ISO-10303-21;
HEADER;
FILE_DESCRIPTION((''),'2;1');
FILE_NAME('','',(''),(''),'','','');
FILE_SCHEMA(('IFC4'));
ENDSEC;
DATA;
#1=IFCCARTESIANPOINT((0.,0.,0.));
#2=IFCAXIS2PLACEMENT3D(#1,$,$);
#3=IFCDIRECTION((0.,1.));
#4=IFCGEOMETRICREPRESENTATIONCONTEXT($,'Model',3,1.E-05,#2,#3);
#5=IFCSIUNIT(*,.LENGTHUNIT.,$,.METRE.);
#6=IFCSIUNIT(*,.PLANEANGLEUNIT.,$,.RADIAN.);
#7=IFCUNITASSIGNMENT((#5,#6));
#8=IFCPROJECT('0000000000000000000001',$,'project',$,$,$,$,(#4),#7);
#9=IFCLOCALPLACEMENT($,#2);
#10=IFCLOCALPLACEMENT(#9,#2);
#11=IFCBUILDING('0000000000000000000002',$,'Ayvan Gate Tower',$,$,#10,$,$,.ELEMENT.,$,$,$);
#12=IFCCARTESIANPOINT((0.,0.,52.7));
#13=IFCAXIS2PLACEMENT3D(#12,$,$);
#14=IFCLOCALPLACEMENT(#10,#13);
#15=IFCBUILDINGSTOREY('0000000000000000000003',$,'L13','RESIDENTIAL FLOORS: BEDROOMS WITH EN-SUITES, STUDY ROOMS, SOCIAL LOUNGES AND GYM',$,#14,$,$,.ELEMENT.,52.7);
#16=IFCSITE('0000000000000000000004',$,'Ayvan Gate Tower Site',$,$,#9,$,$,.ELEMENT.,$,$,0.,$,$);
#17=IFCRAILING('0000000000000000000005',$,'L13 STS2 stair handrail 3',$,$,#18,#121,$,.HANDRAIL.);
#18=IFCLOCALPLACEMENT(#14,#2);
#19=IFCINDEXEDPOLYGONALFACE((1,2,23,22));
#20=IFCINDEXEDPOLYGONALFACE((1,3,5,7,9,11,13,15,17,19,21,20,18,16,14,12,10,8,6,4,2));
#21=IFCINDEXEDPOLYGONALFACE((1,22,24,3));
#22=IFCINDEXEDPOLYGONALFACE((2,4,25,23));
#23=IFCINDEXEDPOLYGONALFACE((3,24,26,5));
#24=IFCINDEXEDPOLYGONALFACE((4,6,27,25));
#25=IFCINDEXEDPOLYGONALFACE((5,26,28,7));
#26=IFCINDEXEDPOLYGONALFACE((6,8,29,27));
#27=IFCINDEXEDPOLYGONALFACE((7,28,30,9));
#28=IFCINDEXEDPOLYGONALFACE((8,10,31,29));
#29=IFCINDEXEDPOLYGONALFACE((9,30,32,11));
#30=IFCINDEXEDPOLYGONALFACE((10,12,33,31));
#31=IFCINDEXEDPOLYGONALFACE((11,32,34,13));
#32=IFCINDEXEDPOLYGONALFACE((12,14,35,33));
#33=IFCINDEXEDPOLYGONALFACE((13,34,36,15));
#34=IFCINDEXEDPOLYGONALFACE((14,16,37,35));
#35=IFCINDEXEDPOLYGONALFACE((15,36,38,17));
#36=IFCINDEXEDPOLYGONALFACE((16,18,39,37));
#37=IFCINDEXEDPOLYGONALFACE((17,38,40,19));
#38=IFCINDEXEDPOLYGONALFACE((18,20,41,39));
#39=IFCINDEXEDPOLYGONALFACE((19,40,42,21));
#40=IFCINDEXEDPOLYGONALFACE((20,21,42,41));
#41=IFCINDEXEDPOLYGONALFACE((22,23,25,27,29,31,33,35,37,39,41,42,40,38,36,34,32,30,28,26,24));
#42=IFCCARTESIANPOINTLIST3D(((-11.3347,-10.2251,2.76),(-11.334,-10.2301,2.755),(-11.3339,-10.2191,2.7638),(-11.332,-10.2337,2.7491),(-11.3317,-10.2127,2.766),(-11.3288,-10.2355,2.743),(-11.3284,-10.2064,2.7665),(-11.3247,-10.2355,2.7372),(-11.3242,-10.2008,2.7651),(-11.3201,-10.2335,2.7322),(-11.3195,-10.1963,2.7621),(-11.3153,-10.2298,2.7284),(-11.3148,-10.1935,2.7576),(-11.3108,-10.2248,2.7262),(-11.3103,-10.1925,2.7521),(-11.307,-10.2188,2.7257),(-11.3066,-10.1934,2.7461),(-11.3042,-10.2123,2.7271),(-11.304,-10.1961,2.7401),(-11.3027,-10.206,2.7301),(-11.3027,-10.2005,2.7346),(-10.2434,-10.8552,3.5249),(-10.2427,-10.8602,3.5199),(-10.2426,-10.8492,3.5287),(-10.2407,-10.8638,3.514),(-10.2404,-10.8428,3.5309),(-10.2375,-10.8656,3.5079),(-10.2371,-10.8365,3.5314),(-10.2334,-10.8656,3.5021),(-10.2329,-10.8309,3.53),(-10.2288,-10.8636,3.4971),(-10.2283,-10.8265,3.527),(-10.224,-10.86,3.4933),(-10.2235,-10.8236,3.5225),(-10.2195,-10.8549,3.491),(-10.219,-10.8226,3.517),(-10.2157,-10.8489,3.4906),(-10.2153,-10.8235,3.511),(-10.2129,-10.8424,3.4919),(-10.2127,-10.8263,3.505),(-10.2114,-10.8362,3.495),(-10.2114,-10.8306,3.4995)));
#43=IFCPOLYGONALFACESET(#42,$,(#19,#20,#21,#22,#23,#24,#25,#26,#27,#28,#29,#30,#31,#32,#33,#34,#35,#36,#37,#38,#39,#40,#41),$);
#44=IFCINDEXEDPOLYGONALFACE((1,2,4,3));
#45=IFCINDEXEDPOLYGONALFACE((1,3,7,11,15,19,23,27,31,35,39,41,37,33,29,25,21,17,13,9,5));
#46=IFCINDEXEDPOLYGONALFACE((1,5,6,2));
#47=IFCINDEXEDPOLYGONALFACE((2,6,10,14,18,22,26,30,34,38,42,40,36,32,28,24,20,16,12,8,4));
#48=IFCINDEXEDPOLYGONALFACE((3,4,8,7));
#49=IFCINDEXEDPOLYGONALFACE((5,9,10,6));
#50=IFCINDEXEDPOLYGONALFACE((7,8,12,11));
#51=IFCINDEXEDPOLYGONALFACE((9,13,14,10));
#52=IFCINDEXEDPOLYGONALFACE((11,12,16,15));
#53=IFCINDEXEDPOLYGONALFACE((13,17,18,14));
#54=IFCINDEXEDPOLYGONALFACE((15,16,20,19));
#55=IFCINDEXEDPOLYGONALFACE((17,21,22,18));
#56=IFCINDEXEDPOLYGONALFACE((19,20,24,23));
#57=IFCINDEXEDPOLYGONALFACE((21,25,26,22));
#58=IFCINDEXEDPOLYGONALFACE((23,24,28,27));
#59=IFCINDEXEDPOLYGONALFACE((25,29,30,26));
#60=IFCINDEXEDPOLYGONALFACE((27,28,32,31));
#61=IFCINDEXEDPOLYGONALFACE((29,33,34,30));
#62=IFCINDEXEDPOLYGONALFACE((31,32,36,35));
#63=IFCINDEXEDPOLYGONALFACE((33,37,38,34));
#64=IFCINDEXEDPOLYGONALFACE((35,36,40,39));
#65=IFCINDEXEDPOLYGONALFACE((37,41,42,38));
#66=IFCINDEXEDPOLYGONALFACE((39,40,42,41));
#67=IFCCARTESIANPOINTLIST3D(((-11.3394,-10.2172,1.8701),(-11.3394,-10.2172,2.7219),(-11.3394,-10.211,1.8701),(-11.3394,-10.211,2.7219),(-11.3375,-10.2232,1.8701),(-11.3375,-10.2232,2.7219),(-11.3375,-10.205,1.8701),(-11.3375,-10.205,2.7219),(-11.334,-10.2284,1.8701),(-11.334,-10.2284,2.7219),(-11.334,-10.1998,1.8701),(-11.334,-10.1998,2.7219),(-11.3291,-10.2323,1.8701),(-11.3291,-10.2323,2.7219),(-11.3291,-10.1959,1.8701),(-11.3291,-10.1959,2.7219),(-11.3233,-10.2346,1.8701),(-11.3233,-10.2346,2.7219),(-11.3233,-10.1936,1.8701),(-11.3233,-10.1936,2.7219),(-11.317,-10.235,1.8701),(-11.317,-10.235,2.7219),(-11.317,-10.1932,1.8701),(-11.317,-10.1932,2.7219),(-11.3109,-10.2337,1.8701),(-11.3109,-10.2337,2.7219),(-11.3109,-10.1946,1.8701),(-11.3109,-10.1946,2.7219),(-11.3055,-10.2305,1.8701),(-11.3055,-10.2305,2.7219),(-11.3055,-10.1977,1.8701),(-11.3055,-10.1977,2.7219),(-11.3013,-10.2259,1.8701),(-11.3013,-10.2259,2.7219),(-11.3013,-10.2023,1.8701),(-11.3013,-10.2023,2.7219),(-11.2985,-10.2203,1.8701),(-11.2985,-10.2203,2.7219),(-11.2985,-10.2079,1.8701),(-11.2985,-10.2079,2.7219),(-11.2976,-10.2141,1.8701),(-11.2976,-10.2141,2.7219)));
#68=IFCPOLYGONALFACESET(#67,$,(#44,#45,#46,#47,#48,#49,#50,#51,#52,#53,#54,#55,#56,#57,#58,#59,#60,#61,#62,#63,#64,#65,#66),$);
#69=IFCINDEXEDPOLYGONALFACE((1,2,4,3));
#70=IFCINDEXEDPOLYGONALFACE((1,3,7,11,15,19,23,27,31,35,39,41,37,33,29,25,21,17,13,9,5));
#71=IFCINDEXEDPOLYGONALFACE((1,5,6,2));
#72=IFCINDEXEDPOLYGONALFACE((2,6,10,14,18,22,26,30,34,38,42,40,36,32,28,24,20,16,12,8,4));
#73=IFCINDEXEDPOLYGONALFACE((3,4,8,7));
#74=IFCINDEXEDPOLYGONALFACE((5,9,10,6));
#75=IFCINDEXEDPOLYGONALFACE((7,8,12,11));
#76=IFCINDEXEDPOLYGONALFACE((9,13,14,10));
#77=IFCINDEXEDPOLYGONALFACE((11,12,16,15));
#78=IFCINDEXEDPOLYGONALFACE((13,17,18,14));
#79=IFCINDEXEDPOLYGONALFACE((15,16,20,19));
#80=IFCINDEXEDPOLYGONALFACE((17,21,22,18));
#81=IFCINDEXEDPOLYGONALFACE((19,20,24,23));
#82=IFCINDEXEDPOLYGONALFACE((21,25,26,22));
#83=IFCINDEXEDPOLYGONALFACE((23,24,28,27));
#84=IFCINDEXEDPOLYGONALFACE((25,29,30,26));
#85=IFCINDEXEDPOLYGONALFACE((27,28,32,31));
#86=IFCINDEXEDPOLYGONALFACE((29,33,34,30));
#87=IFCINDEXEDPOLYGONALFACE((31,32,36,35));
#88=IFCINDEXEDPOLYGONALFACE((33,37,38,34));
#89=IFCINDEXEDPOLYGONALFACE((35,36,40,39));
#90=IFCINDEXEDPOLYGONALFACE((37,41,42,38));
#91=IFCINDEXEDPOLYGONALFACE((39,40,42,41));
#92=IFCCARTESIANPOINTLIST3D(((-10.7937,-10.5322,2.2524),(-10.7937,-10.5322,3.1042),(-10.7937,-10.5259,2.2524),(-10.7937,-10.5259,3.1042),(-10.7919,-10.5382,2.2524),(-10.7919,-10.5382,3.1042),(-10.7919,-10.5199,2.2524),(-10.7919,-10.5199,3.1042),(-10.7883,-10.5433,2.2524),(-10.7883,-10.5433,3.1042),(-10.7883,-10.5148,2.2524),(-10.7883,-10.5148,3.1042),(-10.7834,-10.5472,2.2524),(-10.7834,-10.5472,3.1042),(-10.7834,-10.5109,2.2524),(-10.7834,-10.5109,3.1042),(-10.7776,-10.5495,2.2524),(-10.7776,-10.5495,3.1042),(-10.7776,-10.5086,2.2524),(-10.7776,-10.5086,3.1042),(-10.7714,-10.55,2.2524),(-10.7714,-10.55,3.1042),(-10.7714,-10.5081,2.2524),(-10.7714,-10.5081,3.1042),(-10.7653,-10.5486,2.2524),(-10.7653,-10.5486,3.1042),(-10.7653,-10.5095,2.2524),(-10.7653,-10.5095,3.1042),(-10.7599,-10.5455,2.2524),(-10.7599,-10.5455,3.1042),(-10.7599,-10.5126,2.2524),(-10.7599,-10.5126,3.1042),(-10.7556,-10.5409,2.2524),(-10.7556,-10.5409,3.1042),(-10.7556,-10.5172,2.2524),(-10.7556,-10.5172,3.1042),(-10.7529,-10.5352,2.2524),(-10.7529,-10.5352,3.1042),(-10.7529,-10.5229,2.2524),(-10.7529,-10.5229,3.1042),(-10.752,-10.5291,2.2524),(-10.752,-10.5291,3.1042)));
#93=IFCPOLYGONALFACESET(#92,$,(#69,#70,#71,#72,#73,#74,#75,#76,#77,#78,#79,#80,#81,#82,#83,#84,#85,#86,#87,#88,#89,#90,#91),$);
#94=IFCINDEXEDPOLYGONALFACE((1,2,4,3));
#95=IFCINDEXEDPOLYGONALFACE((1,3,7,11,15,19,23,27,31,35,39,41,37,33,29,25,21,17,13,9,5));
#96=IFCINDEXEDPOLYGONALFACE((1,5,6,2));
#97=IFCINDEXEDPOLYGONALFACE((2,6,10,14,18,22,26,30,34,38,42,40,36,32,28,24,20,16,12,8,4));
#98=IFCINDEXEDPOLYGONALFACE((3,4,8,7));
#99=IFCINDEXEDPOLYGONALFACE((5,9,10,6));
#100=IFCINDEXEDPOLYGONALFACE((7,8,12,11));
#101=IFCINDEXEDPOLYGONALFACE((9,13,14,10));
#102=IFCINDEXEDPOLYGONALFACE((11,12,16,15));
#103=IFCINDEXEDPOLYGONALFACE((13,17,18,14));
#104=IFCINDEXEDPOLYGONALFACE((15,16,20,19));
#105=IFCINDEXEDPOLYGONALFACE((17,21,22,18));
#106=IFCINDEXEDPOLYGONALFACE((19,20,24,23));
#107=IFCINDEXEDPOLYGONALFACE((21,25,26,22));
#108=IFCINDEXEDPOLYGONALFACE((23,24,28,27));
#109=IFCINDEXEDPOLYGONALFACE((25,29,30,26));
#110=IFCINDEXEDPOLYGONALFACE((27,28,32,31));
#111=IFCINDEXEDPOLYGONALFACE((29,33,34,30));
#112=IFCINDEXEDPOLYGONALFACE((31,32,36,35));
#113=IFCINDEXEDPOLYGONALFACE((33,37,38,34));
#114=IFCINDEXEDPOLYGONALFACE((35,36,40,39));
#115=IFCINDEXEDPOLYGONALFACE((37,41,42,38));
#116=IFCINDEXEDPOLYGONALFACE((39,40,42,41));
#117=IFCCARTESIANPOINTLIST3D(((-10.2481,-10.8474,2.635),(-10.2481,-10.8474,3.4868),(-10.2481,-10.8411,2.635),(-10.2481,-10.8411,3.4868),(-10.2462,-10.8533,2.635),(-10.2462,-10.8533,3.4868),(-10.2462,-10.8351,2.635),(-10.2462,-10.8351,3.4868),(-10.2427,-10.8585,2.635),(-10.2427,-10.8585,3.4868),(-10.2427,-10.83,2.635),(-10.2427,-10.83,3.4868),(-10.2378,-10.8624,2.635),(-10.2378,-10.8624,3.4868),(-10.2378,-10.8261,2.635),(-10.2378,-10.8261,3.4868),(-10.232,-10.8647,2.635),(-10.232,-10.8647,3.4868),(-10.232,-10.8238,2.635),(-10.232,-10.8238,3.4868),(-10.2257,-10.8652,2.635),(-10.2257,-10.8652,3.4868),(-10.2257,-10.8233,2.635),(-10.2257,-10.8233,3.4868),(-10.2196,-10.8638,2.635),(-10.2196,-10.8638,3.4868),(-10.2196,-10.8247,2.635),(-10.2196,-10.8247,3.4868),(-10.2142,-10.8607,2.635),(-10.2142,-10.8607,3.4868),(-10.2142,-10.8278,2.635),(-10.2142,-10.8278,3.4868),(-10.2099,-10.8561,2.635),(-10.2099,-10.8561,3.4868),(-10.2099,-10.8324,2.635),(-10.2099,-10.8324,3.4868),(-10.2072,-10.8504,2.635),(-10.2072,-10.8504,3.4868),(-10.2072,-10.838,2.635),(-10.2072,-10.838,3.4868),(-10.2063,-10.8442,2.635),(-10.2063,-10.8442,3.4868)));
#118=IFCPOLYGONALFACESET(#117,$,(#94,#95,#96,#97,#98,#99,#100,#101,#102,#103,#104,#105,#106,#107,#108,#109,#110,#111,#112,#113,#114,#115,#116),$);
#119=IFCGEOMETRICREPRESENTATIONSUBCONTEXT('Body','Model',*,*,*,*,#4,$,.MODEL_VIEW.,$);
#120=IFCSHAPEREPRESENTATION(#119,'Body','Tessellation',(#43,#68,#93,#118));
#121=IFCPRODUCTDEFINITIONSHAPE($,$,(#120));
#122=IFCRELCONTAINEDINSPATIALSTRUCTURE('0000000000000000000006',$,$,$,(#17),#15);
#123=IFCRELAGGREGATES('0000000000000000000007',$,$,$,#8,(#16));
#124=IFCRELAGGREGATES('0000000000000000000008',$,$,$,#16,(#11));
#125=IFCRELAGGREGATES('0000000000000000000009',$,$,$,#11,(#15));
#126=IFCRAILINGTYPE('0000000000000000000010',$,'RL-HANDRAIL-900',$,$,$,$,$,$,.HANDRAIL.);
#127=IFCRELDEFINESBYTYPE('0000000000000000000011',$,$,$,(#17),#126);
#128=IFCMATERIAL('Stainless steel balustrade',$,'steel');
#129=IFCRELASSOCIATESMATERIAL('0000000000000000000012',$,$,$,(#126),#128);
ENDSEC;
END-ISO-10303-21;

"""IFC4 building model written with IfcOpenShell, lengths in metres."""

from ifc_helpers import new_model, si_unit, direction, frame, origin, origin_2d, place, context, subcontext, project, spatial, circle, extrude, material, type_object, element, save


model = new_model("IFC4")

# Units and contexts
model_context = context("Model", 3, precision=1e-05, world=origin(), true_north=direction((0.0, 1.0)))
body_context = subcontext(model_context, "Body", "Model", "MODEL_VIEW")
ifc_project = project(units=[si_unit("LENGTHUNIT", "METRE"), si_unit("PLANEANGLEUNIT", "RADIAN")], contexts=[model_context])

# Site, building, storey
site_placement = place(None, origin())
site = spatial("IfcSite", under=ifc_project, at=site_placement, Name="Ayvan Gate Tower Site", CompositionType="ELEMENT", RefElevation=0.0)
building_placement = place(site_placement, origin())
building = spatial("IfcBuilding", under=site, at=building_placement, Name="Ayvan Gate Tower", CompositionType="ELEMENT")
storey_placement = place(building_placement, frame((0.0, 0.0, 52.7)))
storey = spatial("IfcBuildingStorey", under=building, at=storey_placement, Name="L13", Description="RESIDENTIAL FLOORS: BEDROOMS WITH EN-SUITES, STUDY ROOMS, SOCIAL LOUNGES AND GYM", CompositionType="ELEMENT", Elevation=52.7)

# Railing
ifc_material_1 = material(Name="Stainless steel balustrade", Category="steel")
railing_type_1 = type_object("IfcRailingType", Name="RL-HANDRAIL-900", PredefinedType="HANDRAIL", material=ifc_material_1)
railing_1_placement = place(storey_placement, frame((-11.3186, -10.2141, 1.8701)))
element("IfcRailing", 1, at=railing_1_placement, inside=storey, type_object=railing_type_1, Name="L13 STS2 stair handrail 3", PredefinedType="HANDRAIL", context=body_context, shape_type="SweptSolid", body=[
    extrude(circle(Radius=0.0239, at=origin_2d()), frame((0.0, 0.0, 0.876), z_axis=(0.740304, -0.427455, 0.518875), x_axis=(0.500035, 0.866005, 0.0)), (0.0, 0.0, 1.0), 1.4741),
    extrude(circle(Radius=0.021, at=origin_2d()), origin(), (0.0, 0.0, 1.0), 0.8518),
    extrude(circle(Radius=0.021, at=origin_2d()), frame((0.5457, -0.3149, 0.3823)), (0.0, 0.0, 1.0), 0.8518),
    extrude(circle(Radius=0.021, at=origin_2d()), frame((1.0913, -0.6301, 0.7649)), (0.0, 0.0, 1.0), 0.8518),
])

save(model, "model.ifc")
